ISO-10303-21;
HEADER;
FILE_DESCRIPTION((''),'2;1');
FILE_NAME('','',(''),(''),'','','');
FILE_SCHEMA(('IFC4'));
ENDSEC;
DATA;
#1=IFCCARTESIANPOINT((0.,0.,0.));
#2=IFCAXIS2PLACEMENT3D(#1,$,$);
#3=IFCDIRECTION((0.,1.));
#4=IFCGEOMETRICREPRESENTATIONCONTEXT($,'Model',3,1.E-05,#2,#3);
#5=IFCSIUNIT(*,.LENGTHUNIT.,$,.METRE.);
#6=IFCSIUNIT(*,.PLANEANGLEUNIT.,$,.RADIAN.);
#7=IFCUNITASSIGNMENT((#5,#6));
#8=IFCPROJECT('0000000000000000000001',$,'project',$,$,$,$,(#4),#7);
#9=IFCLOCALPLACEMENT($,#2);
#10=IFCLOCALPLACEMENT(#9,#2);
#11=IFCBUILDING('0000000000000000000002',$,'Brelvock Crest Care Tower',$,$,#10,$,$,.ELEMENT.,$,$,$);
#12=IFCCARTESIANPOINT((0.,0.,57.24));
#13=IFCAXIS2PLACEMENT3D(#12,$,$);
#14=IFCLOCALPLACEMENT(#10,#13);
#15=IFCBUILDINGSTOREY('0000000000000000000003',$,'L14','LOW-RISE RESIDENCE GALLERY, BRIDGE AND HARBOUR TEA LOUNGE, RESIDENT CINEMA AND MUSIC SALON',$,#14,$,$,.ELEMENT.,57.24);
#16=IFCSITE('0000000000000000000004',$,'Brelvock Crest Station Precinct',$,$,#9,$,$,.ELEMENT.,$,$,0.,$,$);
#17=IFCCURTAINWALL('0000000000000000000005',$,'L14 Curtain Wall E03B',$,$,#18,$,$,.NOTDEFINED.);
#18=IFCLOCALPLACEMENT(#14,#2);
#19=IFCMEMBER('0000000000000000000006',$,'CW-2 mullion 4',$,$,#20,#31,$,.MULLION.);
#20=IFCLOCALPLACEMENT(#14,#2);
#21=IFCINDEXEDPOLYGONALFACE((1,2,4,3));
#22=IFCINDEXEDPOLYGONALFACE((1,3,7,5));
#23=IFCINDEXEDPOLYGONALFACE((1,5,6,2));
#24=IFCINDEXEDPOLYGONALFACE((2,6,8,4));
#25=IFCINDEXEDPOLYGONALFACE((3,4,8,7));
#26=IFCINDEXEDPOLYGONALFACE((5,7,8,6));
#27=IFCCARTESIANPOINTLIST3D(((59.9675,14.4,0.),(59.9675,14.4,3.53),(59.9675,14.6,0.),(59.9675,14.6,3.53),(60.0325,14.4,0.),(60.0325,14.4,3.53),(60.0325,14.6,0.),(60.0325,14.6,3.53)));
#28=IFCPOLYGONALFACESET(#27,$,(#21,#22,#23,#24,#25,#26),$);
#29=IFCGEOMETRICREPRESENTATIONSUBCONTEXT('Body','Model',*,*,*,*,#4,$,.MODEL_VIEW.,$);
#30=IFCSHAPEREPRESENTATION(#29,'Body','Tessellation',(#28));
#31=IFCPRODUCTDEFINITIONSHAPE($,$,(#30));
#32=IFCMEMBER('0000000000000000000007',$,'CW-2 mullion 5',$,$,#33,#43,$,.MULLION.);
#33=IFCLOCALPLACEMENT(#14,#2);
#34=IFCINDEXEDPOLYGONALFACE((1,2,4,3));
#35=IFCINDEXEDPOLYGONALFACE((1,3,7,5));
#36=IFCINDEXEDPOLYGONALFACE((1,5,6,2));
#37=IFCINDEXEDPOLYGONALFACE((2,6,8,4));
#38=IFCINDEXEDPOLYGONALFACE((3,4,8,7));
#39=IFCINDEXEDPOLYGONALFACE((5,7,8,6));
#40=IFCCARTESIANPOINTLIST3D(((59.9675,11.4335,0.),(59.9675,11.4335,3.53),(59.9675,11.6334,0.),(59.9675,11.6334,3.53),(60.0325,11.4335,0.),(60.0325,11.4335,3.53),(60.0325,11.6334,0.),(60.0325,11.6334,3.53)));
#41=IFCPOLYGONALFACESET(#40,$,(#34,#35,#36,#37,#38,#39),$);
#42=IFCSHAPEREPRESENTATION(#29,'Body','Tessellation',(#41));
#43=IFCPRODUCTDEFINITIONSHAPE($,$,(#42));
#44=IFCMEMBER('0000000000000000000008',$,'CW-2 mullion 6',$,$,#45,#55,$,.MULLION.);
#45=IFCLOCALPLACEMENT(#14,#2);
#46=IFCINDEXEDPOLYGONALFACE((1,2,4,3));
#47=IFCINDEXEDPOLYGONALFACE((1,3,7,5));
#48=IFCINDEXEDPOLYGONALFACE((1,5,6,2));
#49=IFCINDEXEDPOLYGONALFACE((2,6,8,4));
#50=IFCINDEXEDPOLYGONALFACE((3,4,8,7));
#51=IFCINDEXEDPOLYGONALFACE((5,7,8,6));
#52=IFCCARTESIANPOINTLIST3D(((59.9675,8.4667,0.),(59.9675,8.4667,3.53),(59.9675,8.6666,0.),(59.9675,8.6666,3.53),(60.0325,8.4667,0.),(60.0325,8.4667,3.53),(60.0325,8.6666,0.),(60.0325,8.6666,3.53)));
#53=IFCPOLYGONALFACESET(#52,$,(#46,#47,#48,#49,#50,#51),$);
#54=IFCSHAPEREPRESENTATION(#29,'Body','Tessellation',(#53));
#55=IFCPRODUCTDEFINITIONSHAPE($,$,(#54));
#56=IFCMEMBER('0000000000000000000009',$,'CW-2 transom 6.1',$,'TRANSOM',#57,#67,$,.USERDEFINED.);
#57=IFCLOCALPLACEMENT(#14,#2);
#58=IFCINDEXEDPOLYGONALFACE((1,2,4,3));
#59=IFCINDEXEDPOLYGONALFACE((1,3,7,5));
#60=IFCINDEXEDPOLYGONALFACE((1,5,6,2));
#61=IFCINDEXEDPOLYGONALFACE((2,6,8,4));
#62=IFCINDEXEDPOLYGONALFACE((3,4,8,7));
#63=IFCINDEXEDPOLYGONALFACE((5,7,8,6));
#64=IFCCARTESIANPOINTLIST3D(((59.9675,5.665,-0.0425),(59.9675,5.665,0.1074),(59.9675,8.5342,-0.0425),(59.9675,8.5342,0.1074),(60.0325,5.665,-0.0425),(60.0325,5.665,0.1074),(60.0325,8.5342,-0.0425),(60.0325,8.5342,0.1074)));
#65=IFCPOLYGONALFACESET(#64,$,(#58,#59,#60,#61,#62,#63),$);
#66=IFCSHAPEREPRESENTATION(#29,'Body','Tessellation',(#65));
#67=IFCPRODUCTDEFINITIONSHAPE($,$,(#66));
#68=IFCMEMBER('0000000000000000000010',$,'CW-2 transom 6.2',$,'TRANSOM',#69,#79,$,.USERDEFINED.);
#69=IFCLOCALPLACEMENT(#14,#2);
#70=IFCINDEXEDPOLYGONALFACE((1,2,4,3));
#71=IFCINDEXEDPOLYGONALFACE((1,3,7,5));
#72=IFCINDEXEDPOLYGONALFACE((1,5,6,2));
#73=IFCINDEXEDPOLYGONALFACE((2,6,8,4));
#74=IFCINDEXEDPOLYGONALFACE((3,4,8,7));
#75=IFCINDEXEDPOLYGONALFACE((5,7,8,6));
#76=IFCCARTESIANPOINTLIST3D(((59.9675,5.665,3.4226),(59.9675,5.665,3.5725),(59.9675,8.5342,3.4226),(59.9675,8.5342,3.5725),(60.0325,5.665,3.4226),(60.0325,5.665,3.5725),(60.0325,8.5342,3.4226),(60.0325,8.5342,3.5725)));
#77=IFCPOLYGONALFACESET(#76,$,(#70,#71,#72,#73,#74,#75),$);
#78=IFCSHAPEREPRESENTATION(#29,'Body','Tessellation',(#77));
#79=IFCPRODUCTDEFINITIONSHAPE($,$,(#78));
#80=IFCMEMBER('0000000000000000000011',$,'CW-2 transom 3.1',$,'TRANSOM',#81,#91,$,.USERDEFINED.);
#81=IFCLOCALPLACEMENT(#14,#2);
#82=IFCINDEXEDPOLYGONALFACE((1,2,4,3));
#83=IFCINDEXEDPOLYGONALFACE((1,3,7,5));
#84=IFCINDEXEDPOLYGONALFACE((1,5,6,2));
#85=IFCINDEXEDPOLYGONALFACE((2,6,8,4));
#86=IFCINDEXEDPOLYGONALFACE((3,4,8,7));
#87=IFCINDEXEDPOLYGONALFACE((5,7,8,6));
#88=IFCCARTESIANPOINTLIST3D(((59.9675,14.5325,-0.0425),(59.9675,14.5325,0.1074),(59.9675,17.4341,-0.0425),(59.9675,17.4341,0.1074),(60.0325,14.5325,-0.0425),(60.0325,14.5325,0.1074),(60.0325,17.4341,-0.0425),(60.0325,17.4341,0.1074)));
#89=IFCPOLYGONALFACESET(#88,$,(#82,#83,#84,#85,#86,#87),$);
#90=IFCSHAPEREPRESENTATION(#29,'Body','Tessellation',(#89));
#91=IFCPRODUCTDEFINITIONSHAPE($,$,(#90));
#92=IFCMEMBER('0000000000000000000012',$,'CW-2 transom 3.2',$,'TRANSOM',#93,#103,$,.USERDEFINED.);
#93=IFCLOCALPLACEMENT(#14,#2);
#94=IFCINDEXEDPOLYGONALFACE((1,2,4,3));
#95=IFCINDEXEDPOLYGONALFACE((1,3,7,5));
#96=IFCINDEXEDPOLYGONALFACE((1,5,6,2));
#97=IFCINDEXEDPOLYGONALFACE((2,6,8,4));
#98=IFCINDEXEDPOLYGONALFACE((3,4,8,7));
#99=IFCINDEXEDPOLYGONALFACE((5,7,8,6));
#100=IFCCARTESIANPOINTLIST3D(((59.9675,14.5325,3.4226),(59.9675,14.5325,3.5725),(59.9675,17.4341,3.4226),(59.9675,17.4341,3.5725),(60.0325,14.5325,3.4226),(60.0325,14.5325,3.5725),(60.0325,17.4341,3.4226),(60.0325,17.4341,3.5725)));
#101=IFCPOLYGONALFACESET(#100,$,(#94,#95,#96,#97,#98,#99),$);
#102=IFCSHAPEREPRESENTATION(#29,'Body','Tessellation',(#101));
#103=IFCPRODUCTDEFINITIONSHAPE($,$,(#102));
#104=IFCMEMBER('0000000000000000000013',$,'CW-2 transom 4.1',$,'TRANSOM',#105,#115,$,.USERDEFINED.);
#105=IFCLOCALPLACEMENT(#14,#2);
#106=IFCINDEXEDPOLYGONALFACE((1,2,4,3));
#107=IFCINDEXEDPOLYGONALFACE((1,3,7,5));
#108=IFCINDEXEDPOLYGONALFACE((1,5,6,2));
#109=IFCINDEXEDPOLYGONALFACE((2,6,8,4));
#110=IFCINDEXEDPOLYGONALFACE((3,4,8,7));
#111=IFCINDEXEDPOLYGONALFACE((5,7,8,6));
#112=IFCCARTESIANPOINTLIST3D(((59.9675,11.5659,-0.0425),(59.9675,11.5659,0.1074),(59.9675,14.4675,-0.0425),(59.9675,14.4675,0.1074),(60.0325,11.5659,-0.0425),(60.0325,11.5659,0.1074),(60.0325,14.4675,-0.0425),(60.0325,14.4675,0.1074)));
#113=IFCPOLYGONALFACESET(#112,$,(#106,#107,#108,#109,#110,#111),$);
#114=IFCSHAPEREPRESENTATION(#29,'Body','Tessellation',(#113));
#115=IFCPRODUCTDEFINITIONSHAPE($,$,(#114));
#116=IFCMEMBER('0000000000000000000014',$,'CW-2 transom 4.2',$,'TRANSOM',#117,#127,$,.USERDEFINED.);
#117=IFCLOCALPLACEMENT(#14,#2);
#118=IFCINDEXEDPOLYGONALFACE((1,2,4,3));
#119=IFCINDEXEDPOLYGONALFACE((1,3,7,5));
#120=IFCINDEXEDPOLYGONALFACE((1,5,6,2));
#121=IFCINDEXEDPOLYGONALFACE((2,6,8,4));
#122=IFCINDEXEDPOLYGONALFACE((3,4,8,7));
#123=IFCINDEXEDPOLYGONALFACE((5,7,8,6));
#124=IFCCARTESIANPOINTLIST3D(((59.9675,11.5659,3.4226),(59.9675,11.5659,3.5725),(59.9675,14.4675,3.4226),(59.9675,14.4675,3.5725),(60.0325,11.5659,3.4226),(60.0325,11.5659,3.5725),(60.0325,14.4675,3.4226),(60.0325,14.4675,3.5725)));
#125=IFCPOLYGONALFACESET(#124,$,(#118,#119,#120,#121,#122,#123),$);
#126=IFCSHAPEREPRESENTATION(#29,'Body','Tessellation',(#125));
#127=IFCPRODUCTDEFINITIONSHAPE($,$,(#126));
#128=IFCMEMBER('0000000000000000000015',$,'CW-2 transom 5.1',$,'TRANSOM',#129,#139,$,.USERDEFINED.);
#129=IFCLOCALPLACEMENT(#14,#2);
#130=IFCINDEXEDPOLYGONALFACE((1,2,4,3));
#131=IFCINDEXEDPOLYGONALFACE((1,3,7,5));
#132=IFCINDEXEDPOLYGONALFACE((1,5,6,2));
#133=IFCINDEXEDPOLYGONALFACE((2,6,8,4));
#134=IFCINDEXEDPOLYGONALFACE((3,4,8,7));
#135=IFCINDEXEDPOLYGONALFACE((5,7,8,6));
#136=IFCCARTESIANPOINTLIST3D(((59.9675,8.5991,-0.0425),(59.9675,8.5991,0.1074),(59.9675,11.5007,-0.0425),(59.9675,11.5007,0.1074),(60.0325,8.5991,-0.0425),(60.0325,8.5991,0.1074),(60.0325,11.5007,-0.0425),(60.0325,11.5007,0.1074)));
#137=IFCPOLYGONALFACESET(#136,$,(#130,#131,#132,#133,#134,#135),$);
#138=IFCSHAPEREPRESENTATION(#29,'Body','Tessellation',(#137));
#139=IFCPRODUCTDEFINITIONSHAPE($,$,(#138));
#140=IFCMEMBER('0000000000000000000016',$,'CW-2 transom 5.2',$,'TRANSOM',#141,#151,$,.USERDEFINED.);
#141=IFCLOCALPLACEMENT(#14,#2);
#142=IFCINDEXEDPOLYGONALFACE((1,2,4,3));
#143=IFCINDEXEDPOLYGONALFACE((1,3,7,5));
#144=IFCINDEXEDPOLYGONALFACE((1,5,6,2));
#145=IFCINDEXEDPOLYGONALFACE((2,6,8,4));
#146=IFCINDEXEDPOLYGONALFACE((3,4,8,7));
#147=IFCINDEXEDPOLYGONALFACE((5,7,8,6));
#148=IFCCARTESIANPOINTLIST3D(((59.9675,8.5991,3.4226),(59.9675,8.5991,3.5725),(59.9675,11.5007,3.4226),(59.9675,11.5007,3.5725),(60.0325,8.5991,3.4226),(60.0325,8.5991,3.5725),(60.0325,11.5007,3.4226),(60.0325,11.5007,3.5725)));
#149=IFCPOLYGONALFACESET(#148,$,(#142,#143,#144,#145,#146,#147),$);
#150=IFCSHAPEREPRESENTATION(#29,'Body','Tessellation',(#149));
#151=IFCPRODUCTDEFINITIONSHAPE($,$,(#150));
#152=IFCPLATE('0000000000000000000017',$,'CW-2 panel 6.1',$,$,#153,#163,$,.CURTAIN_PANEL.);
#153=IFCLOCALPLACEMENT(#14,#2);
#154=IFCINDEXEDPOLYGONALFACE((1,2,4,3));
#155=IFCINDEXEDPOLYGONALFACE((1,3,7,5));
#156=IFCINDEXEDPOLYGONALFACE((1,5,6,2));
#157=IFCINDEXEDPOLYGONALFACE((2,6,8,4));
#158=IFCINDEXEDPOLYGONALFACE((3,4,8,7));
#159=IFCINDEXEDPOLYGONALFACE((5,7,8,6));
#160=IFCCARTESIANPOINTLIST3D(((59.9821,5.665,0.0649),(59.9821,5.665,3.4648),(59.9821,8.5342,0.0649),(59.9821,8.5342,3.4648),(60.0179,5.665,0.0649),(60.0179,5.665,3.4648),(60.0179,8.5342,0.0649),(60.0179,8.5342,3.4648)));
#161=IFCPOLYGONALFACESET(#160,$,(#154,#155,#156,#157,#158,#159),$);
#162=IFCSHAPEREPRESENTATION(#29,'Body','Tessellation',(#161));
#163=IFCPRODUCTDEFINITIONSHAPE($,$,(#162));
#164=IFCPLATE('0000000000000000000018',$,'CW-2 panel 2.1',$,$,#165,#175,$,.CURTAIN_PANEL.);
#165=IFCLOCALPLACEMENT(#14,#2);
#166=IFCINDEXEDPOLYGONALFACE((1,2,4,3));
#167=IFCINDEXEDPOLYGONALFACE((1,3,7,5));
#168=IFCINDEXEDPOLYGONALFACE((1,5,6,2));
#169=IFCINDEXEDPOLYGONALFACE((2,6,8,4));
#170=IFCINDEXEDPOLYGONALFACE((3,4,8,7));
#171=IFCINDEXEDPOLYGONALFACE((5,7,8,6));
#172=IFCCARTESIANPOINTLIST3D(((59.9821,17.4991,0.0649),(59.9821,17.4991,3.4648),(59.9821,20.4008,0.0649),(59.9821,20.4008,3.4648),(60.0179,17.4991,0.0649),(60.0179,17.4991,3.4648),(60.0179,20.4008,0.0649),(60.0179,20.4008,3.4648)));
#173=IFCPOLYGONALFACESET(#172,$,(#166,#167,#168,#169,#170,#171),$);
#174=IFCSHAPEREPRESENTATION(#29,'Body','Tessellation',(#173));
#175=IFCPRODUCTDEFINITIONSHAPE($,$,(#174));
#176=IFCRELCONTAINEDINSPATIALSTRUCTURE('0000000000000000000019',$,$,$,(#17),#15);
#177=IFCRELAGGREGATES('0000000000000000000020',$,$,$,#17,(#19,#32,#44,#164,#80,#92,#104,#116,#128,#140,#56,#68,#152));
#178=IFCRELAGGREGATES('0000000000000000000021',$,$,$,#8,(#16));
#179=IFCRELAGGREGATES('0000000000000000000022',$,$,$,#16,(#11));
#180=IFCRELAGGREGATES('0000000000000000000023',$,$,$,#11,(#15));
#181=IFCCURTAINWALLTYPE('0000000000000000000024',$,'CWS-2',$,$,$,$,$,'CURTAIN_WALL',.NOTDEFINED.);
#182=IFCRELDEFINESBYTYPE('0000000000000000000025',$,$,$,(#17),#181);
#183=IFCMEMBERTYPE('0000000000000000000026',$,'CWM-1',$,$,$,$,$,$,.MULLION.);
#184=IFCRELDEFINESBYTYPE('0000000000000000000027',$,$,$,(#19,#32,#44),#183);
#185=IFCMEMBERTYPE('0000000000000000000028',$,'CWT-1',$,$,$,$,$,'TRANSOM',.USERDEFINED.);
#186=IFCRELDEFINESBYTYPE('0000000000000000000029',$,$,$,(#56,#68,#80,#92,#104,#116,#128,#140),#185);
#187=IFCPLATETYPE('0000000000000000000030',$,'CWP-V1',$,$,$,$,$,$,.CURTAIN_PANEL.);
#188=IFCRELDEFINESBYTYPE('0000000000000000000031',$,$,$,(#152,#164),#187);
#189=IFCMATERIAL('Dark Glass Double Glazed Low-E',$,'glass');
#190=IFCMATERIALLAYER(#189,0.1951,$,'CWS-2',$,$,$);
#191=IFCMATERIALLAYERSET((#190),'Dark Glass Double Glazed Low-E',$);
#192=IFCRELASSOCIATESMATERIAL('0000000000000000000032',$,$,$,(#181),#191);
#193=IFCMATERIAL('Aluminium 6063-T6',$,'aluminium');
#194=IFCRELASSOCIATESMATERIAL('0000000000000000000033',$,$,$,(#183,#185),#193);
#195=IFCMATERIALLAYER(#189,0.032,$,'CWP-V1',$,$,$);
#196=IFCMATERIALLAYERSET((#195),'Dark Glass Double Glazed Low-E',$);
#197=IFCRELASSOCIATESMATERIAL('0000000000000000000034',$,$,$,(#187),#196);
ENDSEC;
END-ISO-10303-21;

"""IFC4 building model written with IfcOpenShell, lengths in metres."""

from ifc_helpers import new_model, si_unit, direction, frame, origin, origin_2d, place, context, subcontext, project, spatial, rectangle, extrude, source, transform, mapped, material, layer, layer_set, material_profile, profile_set, type_object, element, aggregate, save


model = new_model("IFC4")

# Units and contexts
model_context = context("Model", 3, precision=1e-05, world=origin(), true_north=direction((0.0, 1.0)))
body_context = subcontext(model_context, "Body", "Model", "MODEL_VIEW")
ifc_project = project(units=[si_unit("LENGTHUNIT", "METRE"), si_unit("PLANEANGLEUNIT", "RADIAN")], contexts=[model_context])

# Site, building, storey
site_placement = place(None, origin())
site = spatial("IfcSite", under=ifc_project, at=site_placement, Name="Brelvock Crest Station Precinct", CompositionType="ELEMENT", RefElevation=0.0)
building_placement = place(site_placement, origin())
building = spatial("IfcBuilding", under=site, at=building_placement, Name="Brelvock Crest Care Tower", CompositionType="ELEMENT")
storey_placement = place(building_placement, frame((0.0, 0.0, 57.24)))
storey = spatial("IfcBuildingStorey", under=building, at=storey_placement, Name="L14", Description="LOW-RISE RESIDENCE GALLERY, BRIDGE AND HARBOUR TEA LOUNGE, RESIDENT CINEMA AND MUSIC SALON", CompositionType="ELEMENT", Elevation=57.24)

# Curtain wall, members, plates
ifc_material_1 = material(Name="Dark Glass Double Glazed Low-E", Category="glass")
ifc_layer_1 = layer(ifc_material_1, 0.1951, Name="CWS-2")
ifc_layer_set_1 = layer_set([ifc_layer_1], Name="Dark Glass Double Glazed Low-E")
curtain_wall_type = type_object("IfcCurtainWallType", Name="CWS-2", ElementType="CURTAIN_WALL", PredefinedType="NOTDEFINED", material=ifc_layer_set_1)
curtain_wall_placement = place(storey_placement, origin())
curtain_wall = element("IfcCurtainWall", 1, at=curtain_wall_placement, inside=storey, type_object=curtain_wall_type, Name="L14 Curtain Wall E03B", PredefinedType="NOTDEFINED")
ifc_material_2 = material(Name="Aluminium 6063-T6", Category="aluminium")
ifc_material_profile_1 = material_profile(ifc_material_2, rectangle(XDim=0.0649, YDim=0.2, at=origin_2d()), Name="ALU65x200")
ifc_profile_set_1 = profile_set([ifc_material_profile_1], Name="Aluminium 6063-T6")
member_type_1 = type_object("IfcMemberType", Name="CWM-1", PredefinedType="MULLION", material=ifc_profile_set_1)
shared_shape_1 = source(origin(), body_context, "Body", "SweptSolid", [
    extrude(rectangle(XDim=0.0649, YDim=0.2, at=origin_2d()), origin(), (0.0, 0.0, 1.0), 3.53),
])
member_1_placement = place(storey_placement, frame((60.0, 14.5, 0.0), z_axis=(0.0, 0.0, 1.0), x_axis=(1.0, 0.0, 0.0)))
member_1 = element("IfcMember", 2, at=member_1_placement, type_object=member_type_1, Name="CW-2 mullion 4", PredefinedType="MULLION", context=body_context, shape_type="MappedRepresentation", body=[
    mapped(shared_shape_1, transform((0.0, 0.0, 0.0), x_axis=(1.0, 0.0, 0.0), y_axis=(0.0, 1.0, 0.0), z_axis=(0.0, 0.0, 1.0), scale=1.0)),
])
member_2_placement = place(storey_placement, frame((60.0, 11.5334, 0.0), z_axis=(0.0, 0.0, 1.0), x_axis=(1.0, 0.0, 0.0)))
member_2 = element("IfcMember", 3, at=member_2_placement, type_object=member_type_1, Name="CW-2 mullion 5", PredefinedType="MULLION", context=body_context, shape_type="MappedRepresentation", body=[
    mapped(shared_shape_1, transform((0.0, 0.0, 0.0), x_axis=(1.0, 0.0, 0.0), y_axis=(0.0, 1.0, 0.0), z_axis=(0.0, 0.0, 1.0), scale=1.0)),
])
member_3_placement = place(storey_placement, frame((60.0, 8.5667, 0.0), z_axis=(0.0, 0.0, 1.0), x_axis=(1.0, 0.0, 0.0)))
member_3 = element("IfcMember", 4, at=member_3_placement, type_object=member_type_1, Name="CW-2 mullion 6", PredefinedType="MULLION", context=body_context, shape_type="MappedRepresentation", body=[
    mapped(shared_shape_1, transform((0.0, 0.0, 0.0), x_axis=(1.0, 0.0, 0.0), y_axis=(0.0, 1.0, 0.0), z_axis=(0.0, 0.0, 1.0), scale=1.0)),
])
ifc_material_profile_2 = material_profile(ifc_material_2, rectangle(XDim=0.0649, YDim=0.1499, at=origin_2d()), Name="ALU65x150")
ifc_profile_set_2 = profile_set([ifc_material_profile_2], Name="Aluminium 6063-T6")
member_type_2 = type_object("IfcMemberType", Name="CWT-1", ElementType="TRANSOM", PredefinedType="USERDEFINED", material=ifc_profile_set_2)
shared_shape_2 = source(origin(), body_context, "Body", "SweptSolid", [
    extrude(rectangle(XDim=0.0649, YDim=0.1499, at=origin_2d()), origin(), (0.0, 0.0, 1.0), 2.8691),
])
member_4_placement = place(storey_placement, frame((60.0, 8.5342, 0.0325), z_axis=(0.0, -1.0, 0.0), x_axis=(1.0, 0.0, 0.0)))
member_4 = element("IfcMember", 5, at=member_4_placement, type_object=member_type_2, Name="CW-2 transom 6.1", ObjectType="TRANSOM", PredefinedType="USERDEFINED", context=body_context, shape_type="MappedRepresentation", body=[
    mapped(shared_shape_2, transform((0.0, 0.0, 0.0), x_axis=(1.0, 0.0, 0.0), y_axis=(0.0, 1.0, 0.0), z_axis=(0.0, 0.0, 1.0), scale=1.0)),
])
member_5_placement = place(storey_placement, frame((60.0, 8.5342, 3.4976), z_axis=(0.0, -1.0, 0.0), x_axis=(1.0, 0.0, 0.0)))
member_5 = element("IfcMember", 6, at=member_5_placement, type_object=member_type_2, Name="CW-2 transom 6.2", ObjectType="TRANSOM", PredefinedType="USERDEFINED", context=body_context, shape_type="MappedRepresentation", body=[
    mapped(shared_shape_2, transform((0.0, 0.0, 0.0), x_axis=(1.0, 0.0, 0.0), y_axis=(0.0, 1.0, 0.0), z_axis=(0.0, 0.0, 1.0), scale=1.0)),
])
shared_shape_3 = source(origin(), body_context, "Body", "SweptSolid", [
    extrude(rectangle(XDim=0.0649, YDim=0.1499, at=origin_2d()), origin(), (0.0, 0.0, 1.0), 2.9016),
])
member_6_placement = place(storey_placement, frame((60.0, 17.4341, 0.0325), z_axis=(0.0, -1.0, 0.0), x_axis=(1.0, 0.0, 0.0)))
member_6 = element("IfcMember", 7, at=member_6_placement, type_object=member_type_2, Name="CW-2 transom 3.1", ObjectType="TRANSOM", PredefinedType="USERDEFINED", context=body_context, shape_type="MappedRepresentation", body=[
    mapped(shared_shape_3, transform((0.0, 0.0, 0.0), x_axis=(1.0, 0.0, 0.0), y_axis=(0.0, 1.0, 0.0), z_axis=(0.0, 0.0, 1.0), scale=1.0)),
])
member_7_placement = place(storey_placement, frame((60.0, 17.4341, 3.4976), z_axis=(0.0, -1.0, 0.0), x_axis=(1.0, 0.0, 0.0)))
member_7 = element("IfcMember", 8, at=member_7_placement, type_object=member_type_2, Name="CW-2 transom 3.2", ObjectType="TRANSOM", PredefinedType="USERDEFINED", context=body_context, shape_type="MappedRepresentation", body=[
    mapped(shared_shape_3, transform((0.0, 0.0, 0.0), x_axis=(1.0, 0.0, 0.0), y_axis=(0.0, 1.0, 0.0), z_axis=(0.0, 0.0, 1.0), scale=1.0)),
])
member_8_placement = place(storey_placement, frame((60.0, 14.4675, 0.0325), z_axis=(0.0, -1.0, 0.0), x_axis=(1.0, 0.0, 0.0)))
member_8 = element("IfcMember", 9, at=member_8_placement, type_object=member_type_2, Name="CW-2 transom 4.1", ObjectType="TRANSOM", PredefinedType="USERDEFINED", context=body_context, shape_type="MappedRepresentation", body=[
    mapped(shared_shape_3, transform((0.0, 0.0, 0.0), x_axis=(1.0, 0.0, 0.0), y_axis=(0.0, 1.0, 0.0), z_axis=(0.0, 0.0, 1.0), scale=1.0)),
])
member_9_placement = place(storey_placement, frame((60.0, 14.4675, 3.4976), z_axis=(0.0, -1.0, 0.0), x_axis=(1.0, 0.0, 0.0)))
member_9 = element("IfcMember", 10, at=member_9_placement, type_object=member_type_2, Name="CW-2 transom 4.2", ObjectType="TRANSOM", PredefinedType="USERDEFINED", context=body_context, shape_type="MappedRepresentation", body=[
    mapped(shared_shape_3, transform((0.0, 0.0, 0.0), x_axis=(1.0, 0.0, 0.0), y_axis=(0.0, 1.0, 0.0), z_axis=(0.0, 0.0, 1.0), scale=1.0)),
])
member_10_placement = place(storey_placement, frame((60.0, 11.5007, 0.0325), z_axis=(0.0, -1.0, 0.0), x_axis=(1.0, 0.0, 0.0)))
member_10 = element("IfcMember", 11, at=member_10_placement, type_object=member_type_2, Name="CW-2 transom 5.1", ObjectType="TRANSOM", PredefinedType="USERDEFINED", context=body_context, shape_type="MappedRepresentation", body=[
    mapped(shared_shape_3, transform((0.0, 0.0, 0.0), x_axis=(1.0, 0.0, 0.0), y_axis=(0.0, 1.0, 0.0), z_axis=(0.0, 0.0, 1.0), scale=1.0)),
])
member_11_placement = place(storey_placement, frame((60.0, 11.5007, 3.4976), z_axis=(0.0, -1.0, 0.0), x_axis=(1.0, 0.0, 0.0)))
member_11 = element("IfcMember", 12, at=member_11_placement, type_object=member_type_2, Name="CW-2 transom 5.2", ObjectType="TRANSOM", PredefinedType="USERDEFINED", context=body_context, shape_type="MappedRepresentation", body=[
    mapped(shared_shape_3, transform((0.0, 0.0, 0.0), x_axis=(1.0, 0.0, 0.0), y_axis=(0.0, 1.0, 0.0), z_axis=(0.0, 0.0, 1.0), scale=1.0)),
])
ifc_layer_2 = layer(ifc_material_1, 0.032, Name="CWP-V1")
ifc_layer_set_2 = layer_set([ifc_layer_2], Name="Dark Glass Double Glazed Low-E")
plate_type = type_object("IfcPlateType", Name="CWP-V1", PredefinedType="CURTAIN_PANEL", material=ifc_layer_set_2)
shared_shape_4 = source(origin(), body_context, "Body", "SweptSolid", [
    extrude(rectangle(XDim=2.8691, YDim=0.0359, at=origin_2d()), origin(), (0.0, 0.0, 1.0), 3.3999),
])
plate_1_placement = place(storey_placement, frame((60.0, 7.0996, 0.0649), z_axis=(0.0, 0.0, 1.0), x_axis=(0.0, -1.0, 0.0)))
plate_1 = element("IfcPlate", 13, at=plate_1_placement, type_object=plate_type, Name="CW-2 panel 6.1", PredefinedType="CURTAIN_PANEL", context=body_context, shape_type="MappedRepresentation", body=[
    mapped(shared_shape_4, transform((0.0, 0.0, 0.0), x_axis=(1.0, 0.0, 0.0), y_axis=(0.0, 1.0, 0.0), z_axis=(0.0, 0.0, 1.0), scale=1.0)),
])
shared_shape_5 = source(origin(), body_context, "Body", "SweptSolid", [
    extrude(rectangle(XDim=2.9016, YDim=0.0359, at=origin_2d()), origin(), (0.0, 0.0, 1.0), 3.3999),
])
plate_2_placement = place(storey_placement, frame((60.0, 18.95, 0.0649), z_axis=(0.0, 0.0, 1.0), x_axis=(0.0, -1.0, 0.0)))
plate_2 = element("IfcPlate", 14, at=plate_2_placement, type_object=plate_type, Name="CW-2 panel 2.1", PredefinedType="CURTAIN_PANEL", context=body_context, shape_type="MappedRepresentation", body=[
    mapped(shared_shape_5, transform((0.0, 0.0, 0.0), x_axis=(1.0, 0.0, 0.0), y_axis=(0.0, 1.0, 0.0), z_axis=(0.0, 0.0, 1.0), scale=1.0)),
])
aggregate(curtain_wall, [member_1, member_2, member_3, plate_2, member_6, member_7, member_8, member_9, member_10, member_11, member_4, member_5, plate_1])

save(model, "model.ifc")
